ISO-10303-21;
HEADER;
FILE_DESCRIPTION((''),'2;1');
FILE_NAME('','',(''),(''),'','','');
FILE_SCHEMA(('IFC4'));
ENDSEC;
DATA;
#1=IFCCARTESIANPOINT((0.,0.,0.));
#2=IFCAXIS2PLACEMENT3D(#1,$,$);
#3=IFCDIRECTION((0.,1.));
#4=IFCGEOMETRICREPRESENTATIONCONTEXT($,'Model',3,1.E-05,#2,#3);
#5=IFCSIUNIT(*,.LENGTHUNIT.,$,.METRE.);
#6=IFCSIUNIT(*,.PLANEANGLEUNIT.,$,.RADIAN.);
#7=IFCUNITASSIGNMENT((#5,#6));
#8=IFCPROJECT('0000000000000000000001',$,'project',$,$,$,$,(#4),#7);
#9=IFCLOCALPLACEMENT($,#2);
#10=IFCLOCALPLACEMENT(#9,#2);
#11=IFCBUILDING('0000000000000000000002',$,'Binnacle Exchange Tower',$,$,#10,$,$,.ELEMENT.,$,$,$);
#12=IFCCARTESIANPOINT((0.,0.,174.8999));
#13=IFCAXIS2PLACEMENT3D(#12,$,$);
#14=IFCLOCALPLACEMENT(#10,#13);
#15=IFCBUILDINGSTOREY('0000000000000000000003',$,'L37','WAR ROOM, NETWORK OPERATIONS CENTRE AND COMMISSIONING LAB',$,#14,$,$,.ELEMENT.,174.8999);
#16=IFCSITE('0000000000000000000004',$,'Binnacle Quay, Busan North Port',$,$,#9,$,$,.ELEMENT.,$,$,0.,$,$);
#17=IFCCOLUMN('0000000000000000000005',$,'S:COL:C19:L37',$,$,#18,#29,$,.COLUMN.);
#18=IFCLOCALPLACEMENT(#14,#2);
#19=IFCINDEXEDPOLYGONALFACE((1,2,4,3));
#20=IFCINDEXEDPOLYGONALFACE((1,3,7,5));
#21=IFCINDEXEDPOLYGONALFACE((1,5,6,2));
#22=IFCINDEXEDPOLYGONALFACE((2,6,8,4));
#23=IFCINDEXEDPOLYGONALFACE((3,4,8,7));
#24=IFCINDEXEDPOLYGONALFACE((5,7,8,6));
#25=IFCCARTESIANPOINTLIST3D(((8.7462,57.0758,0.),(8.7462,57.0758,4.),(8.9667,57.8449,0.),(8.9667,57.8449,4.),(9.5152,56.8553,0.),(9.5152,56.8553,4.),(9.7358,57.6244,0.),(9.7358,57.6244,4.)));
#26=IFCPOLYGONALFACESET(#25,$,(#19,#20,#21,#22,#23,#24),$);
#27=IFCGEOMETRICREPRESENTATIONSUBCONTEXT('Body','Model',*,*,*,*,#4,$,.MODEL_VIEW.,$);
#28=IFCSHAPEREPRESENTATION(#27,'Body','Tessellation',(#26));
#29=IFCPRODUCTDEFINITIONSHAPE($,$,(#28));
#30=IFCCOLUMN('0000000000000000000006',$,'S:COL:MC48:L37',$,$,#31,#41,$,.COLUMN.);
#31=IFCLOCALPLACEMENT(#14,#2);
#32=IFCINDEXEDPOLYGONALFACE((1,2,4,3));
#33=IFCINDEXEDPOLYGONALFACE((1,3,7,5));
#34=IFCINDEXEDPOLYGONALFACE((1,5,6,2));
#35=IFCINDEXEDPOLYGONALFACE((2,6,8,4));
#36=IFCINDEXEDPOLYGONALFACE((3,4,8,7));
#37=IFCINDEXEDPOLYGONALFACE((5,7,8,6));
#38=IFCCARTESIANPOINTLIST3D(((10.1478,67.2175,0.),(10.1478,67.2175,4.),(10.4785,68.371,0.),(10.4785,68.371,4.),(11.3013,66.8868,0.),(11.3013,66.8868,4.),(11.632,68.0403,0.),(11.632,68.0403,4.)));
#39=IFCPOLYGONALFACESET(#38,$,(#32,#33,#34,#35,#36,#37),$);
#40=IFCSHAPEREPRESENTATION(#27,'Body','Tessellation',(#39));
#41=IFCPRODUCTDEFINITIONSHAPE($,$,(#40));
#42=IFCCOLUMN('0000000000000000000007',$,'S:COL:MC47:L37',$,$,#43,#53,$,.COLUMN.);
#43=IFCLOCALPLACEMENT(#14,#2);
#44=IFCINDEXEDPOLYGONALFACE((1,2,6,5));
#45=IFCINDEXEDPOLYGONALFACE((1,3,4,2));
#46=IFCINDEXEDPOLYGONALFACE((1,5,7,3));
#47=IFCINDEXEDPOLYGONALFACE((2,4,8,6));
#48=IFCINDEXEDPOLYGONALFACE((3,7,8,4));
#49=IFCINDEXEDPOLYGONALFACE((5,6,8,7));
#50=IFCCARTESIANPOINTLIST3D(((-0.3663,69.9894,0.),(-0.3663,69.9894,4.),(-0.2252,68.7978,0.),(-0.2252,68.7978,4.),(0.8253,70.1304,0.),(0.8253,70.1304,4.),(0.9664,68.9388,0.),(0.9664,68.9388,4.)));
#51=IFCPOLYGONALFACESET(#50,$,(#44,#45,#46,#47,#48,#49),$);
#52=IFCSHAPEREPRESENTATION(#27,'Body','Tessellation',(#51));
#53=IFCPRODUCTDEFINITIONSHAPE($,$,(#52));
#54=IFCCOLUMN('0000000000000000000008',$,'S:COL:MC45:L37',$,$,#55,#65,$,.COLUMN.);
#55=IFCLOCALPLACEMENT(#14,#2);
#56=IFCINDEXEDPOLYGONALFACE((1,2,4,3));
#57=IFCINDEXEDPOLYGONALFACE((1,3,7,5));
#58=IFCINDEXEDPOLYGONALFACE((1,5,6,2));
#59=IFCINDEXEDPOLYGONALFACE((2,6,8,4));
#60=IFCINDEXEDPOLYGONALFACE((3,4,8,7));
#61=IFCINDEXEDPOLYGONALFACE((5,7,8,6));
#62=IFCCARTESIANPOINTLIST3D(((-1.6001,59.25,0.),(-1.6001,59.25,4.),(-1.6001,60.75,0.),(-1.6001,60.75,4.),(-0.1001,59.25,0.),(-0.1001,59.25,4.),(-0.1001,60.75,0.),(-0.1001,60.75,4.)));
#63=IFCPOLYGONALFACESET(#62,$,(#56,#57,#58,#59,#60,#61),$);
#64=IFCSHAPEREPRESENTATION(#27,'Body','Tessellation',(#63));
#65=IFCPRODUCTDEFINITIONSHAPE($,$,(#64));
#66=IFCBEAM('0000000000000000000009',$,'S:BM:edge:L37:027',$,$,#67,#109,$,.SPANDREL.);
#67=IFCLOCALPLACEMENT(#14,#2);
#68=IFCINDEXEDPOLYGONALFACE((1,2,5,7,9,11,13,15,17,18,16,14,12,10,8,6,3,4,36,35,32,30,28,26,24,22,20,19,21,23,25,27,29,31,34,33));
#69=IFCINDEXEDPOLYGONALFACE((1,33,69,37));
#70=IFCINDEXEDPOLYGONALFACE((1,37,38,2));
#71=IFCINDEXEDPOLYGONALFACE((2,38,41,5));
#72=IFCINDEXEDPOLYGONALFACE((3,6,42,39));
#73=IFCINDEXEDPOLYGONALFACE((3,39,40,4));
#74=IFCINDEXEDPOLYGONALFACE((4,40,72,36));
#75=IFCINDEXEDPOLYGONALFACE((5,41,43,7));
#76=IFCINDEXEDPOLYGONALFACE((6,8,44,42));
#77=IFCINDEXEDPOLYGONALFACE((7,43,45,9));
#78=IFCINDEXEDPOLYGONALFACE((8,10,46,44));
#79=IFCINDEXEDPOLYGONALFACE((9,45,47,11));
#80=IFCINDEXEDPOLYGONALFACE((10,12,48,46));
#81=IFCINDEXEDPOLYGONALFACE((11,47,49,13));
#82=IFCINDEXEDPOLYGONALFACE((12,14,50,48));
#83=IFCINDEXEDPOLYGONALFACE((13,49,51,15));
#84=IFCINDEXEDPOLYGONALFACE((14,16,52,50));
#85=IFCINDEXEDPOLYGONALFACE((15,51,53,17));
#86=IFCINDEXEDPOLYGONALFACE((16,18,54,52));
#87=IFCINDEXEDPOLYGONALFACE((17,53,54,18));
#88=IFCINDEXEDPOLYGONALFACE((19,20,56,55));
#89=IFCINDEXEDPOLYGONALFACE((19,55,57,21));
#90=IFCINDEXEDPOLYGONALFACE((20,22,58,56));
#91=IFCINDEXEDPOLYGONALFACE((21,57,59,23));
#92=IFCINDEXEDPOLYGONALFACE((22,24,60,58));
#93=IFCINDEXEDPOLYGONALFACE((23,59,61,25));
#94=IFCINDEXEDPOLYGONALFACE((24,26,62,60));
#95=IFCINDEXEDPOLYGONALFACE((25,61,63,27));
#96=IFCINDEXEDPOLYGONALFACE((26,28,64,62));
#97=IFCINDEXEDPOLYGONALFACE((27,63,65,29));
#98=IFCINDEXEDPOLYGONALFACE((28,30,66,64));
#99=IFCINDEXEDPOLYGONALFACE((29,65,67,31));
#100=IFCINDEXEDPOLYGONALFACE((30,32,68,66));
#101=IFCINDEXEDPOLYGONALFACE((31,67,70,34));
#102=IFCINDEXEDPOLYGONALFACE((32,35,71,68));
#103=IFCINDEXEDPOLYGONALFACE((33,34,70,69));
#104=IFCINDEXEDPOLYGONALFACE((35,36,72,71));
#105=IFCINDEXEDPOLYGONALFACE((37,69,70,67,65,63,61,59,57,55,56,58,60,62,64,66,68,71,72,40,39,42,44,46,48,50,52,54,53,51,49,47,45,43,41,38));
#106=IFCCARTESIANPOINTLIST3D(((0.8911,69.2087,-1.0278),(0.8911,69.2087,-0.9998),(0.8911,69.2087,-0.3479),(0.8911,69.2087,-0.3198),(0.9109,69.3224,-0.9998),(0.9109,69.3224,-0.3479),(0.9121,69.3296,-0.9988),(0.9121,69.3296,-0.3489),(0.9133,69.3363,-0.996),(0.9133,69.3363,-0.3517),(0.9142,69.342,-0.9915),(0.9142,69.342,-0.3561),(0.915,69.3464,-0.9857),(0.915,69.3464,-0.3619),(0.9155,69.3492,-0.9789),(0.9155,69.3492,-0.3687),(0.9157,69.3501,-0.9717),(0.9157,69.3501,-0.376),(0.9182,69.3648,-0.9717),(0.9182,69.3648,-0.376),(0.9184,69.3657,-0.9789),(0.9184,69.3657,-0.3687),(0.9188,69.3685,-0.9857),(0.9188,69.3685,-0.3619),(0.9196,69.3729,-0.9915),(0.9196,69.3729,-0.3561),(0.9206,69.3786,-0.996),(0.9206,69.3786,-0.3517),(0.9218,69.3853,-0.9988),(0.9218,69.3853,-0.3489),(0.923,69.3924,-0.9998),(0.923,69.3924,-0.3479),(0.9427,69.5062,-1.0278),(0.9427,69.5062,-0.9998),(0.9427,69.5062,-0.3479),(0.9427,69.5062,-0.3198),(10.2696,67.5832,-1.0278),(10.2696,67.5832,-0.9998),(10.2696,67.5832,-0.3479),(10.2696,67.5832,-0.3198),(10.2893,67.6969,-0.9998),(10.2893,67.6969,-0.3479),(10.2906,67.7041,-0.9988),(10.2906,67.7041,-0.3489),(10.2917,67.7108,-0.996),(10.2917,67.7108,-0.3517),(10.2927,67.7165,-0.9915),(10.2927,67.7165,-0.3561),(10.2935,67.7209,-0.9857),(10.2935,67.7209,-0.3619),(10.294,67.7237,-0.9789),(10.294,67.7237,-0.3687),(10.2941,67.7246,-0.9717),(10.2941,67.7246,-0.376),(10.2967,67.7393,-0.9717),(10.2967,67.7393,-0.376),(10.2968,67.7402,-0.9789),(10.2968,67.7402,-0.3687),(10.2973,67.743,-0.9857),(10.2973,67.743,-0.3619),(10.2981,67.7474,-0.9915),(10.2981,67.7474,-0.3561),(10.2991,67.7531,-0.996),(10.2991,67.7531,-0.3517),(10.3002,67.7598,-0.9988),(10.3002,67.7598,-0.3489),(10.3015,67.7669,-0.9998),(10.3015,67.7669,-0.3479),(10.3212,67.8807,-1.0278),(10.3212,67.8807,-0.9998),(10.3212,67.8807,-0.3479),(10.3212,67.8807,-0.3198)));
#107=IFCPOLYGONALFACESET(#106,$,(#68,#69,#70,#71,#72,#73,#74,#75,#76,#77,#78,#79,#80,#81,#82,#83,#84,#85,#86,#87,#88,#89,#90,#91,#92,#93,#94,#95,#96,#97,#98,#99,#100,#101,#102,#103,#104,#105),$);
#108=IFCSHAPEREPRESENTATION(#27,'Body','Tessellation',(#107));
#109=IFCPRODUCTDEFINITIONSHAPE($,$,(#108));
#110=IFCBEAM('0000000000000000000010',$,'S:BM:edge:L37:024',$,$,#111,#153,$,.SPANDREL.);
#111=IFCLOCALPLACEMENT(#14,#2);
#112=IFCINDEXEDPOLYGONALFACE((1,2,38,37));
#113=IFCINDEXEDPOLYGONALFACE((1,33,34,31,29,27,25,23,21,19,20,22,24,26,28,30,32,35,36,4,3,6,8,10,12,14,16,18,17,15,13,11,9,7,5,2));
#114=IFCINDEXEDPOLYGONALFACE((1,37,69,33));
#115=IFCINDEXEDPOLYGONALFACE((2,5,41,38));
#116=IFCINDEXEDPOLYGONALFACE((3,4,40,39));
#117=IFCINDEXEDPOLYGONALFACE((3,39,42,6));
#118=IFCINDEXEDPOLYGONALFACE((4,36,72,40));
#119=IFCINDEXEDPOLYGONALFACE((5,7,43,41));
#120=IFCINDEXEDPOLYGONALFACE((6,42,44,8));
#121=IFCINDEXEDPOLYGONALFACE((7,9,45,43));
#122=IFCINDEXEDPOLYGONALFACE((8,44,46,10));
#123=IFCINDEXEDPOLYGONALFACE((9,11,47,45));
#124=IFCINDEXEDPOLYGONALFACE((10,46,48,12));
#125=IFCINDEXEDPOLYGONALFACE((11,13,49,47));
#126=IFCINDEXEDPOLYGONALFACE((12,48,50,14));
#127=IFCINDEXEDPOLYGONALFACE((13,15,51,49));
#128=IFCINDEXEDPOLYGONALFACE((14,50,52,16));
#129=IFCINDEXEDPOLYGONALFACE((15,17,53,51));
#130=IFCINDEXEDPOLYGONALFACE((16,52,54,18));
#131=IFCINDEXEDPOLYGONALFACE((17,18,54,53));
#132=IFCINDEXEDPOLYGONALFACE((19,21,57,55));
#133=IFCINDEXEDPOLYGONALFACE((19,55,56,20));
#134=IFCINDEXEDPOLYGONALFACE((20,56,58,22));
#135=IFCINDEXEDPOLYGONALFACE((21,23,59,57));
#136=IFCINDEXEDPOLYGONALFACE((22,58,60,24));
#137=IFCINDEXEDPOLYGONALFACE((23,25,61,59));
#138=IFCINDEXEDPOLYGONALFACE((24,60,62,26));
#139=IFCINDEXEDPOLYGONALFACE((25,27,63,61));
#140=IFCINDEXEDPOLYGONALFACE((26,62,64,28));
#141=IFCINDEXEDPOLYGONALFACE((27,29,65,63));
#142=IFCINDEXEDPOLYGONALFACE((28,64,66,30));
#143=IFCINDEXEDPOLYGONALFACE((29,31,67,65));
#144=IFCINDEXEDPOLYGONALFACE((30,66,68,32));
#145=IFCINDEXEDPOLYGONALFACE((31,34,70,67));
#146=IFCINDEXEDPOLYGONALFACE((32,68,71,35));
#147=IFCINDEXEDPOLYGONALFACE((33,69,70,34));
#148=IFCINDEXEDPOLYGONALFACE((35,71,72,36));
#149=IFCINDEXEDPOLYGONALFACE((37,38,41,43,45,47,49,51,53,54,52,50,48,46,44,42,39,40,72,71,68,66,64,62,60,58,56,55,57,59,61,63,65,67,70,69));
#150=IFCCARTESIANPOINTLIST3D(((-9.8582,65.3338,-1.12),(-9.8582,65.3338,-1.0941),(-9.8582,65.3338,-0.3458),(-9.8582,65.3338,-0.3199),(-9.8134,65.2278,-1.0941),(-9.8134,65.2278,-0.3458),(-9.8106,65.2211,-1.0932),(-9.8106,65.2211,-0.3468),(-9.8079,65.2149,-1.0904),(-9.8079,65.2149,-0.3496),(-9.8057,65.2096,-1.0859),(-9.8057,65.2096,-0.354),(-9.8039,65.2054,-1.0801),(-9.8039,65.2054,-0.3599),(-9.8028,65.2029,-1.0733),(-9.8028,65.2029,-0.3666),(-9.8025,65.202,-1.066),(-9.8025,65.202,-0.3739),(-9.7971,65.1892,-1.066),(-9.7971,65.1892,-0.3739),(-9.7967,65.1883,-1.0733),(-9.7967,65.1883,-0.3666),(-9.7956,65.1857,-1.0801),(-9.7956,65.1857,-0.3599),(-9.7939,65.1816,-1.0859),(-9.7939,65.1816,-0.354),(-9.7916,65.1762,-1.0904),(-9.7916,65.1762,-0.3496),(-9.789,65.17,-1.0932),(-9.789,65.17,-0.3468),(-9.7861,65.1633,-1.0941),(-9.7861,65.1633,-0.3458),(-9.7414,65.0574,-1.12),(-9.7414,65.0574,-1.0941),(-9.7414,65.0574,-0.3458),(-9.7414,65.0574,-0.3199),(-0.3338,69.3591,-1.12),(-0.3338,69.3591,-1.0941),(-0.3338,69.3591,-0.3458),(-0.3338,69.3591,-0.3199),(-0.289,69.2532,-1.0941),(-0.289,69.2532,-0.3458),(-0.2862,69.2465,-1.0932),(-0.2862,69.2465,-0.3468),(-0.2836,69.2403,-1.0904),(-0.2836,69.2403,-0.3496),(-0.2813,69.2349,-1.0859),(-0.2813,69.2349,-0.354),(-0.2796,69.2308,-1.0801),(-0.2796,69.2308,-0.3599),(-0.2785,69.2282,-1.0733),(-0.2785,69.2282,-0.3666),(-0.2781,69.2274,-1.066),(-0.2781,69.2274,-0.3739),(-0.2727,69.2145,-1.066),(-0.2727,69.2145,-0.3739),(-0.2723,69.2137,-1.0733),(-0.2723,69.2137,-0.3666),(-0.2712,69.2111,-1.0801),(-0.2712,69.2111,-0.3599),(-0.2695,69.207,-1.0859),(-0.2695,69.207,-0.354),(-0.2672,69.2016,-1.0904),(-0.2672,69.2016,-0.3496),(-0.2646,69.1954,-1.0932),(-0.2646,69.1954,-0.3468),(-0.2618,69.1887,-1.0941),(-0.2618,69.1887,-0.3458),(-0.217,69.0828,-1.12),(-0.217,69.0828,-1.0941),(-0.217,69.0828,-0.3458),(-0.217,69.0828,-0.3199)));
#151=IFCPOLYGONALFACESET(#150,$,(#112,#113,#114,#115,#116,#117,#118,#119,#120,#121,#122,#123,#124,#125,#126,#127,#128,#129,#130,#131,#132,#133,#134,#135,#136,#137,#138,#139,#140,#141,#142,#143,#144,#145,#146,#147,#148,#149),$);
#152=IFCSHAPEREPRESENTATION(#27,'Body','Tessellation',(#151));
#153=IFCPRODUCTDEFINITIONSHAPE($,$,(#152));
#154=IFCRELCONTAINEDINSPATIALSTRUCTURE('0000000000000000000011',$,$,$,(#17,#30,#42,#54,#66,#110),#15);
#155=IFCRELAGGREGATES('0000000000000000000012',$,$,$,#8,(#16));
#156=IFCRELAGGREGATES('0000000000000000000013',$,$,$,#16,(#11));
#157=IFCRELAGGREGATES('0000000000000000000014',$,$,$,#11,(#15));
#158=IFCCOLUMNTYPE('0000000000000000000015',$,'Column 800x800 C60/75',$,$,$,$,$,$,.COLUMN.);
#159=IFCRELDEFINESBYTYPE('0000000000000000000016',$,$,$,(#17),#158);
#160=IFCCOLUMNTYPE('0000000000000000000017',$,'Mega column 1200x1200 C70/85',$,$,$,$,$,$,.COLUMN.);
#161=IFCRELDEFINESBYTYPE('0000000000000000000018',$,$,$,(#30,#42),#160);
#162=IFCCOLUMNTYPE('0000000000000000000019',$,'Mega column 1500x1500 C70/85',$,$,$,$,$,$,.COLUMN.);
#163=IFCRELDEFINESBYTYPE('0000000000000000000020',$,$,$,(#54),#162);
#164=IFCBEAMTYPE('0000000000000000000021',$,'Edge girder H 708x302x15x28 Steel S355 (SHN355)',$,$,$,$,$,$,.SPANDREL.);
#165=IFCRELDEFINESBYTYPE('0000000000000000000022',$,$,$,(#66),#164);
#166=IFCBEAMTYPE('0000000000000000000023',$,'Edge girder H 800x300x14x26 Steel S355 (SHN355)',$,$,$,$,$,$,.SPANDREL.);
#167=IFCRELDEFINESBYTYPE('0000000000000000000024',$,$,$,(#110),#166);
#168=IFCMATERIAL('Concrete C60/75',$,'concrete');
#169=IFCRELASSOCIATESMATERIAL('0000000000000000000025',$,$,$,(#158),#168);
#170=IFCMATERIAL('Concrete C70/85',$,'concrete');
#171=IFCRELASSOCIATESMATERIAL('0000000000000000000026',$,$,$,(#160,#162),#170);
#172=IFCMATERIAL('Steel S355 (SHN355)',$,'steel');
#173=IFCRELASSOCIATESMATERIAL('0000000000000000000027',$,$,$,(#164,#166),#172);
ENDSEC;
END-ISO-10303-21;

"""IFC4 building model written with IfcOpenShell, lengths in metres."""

from ifc_helpers import new_model, si_unit, direction, frame, origin, origin_2d, place, context, subcontext, project, spatial, rectangle, i_section, extrude, material, material_profile, profile_set, type_object, element, save


model = new_model("IFC4")

# Units and contexts
model_context = context("Model", 3, precision=1e-05, world=origin(), true_north=direction((0.0, 1.0)))
body_context = subcontext(model_context, "Body", "Model", "MODEL_VIEW")
ifc_project = project(units=[si_unit("LENGTHUNIT", "METRE"), si_unit("PLANEANGLEUNIT", "RADIAN")], contexts=[model_context])

# Site, building, storey
site_placement = place(None, origin())
site = spatial("IfcSite", under=ifc_project, at=site_placement, Name="Binnacle Quay, Busan North Port", CompositionType="ELEMENT", RefElevation=0.0)
building_placement = place(site_placement, origin())
building = spatial("IfcBuilding", under=site, at=building_placement, Name="Binnacle Exchange Tower", CompositionType="ELEMENT")
storey_placement = place(building_placement, frame((0.0, 0.0, 174.8999)))
storey = spatial("IfcBuildingStorey", under=building, at=storey_placement, Name="L37", Description="WAR ROOM, NETWORK OPERATIONS CENTRE AND COMMISSIONING LAB", CompositionType="ELEMENT", Elevation=174.8999)

# Columns
ifc_material_1 = material(Name="Concrete C60/75", Category="concrete")
ifc_material_profile_1 = material_profile(ifc_material_1, rectangle(XDim=0.8, YDim=0.8, at=origin_2d()), Name="Column 800x800 C60/75")
ifc_profile_set_1 = profile_set([ifc_material_profile_1], Name="Concrete C60/75")
column_type_1 = type_object("IfcColumnType", Name="Column 800x800 C60/75", PredefinedType="COLUMN", material=ifc_profile_set_1)
column_1_placement = place(storey_placement, frame((9.241, 57.3501, 0.0), z_axis=(0.0, 0.0, 1.0), x_axis=(0.961262, -0.275637, 0.0)))
element("IfcColumn", 1, at=column_1_placement, inside=storey, type_object=column_type_1, Name="S:COL:C19:L37", PredefinedType="COLUMN", context=body_context, shape_type="SweptSolid", body=[
    extrude(rectangle(XDim=0.8, YDim=0.8, at=origin_2d()), origin(), (0.0, 0.0, 1.0), 4.0),
])
ifc_material_2 = material(Name="Concrete C70/85", Category="concrete")
ifc_material_profile_2 = material_profile(ifc_material_2, rectangle(XDim=1.2, YDim=1.2, at=origin_2d()), Name="Mega column 1200x1200 C70/85")
ifc_profile_set_2 = profile_set([ifc_material_profile_2], Name="Concrete C70/85")
column_type_2 = type_object("IfcColumnType", Name="Mega column 1200x1200 C70/85", PredefinedType="COLUMN", material=ifc_profile_set_2)
for number, where, z_axis, x_axis, name in (
    (2, (10.8899, 67.6289, 0.0), (0.0, 0.0, 1.0), (-0.961262, 0.275637, 0.0), "S:COL:MC48:L37"),
    (3, (0.3, 69.4641, 0.0), (0.0, 0.0, 1.0), (-0.993068, -0.117537, 0.0), "S:COL:MC47:L37"),
):
    element("IfcColumn", number, at=place(storey_placement, frame(where, z_axis=z_axis, x_axis=x_axis)), inside=storey, type_object=column_type_2, Name=name, PredefinedType="COLUMN", context=body_context, shape_type="SweptSolid", body=[
        extrude(rectangle(XDim=1.2, YDim=1.2, at=origin_2d()), origin(), (0.0, 0.0, 1.0), 4.0),
    ])
ifc_material_profile_3 = material_profile(ifc_material_2, rectangle(XDim=1.5, YDim=1.5, at=origin_2d()), Name="Mega column 1500x1500 C70/85")
ifc_profile_set_3 = profile_set([ifc_material_profile_3], Name="Concrete C70/85")
column_type_3 = type_object("IfcColumnType", Name="Mega column 1500x1500 C70/85", PredefinedType="COLUMN", material=ifc_profile_set_3)
column_2_placement = place(storey_placement, frame((-0.8501, 60.0, 0.0), z_axis=(0.0, 0.0, 1.0), x_axis=(0.0, 1.0, 0.0)))
element("IfcColumn", 4, at=column_2_placement, inside=storey, type_object=column_type_3, Name="S:COL:MC45:L37", PredefinedType="COLUMN", context=body_context, shape_type="SweptSolid", body=[
    extrude(rectangle(XDim=1.5, YDim=1.5, at=origin_2d()), origin(), (0.0, 0.0, 1.0), 4.0),
])

# Beams
ifc_material_3 = material(Name="Steel S355 (SHN355)", Category="steel")
ifc_material_profile_4 = material_profile(ifc_material_3, i_section(OverallWidth=0.302, OverallDepth=0.708, WebThickness=0.0149, FlangeThickness=0.0281, FilletRadius=0.0281, at=origin_2d()), Name="H 708x302x15x28")
ifc_profile_set_4 = profile_set([ifc_material_profile_4], Name="Steel S355 (SHN355)")
beam_type_1 = type_object("IfcBeamType", Name="Edge girder H 708x302x15x28 Steel S355 (SHN355)", PredefinedType="SPANDREL", material=ifc_profile_set_4)
beam_1_placement = place(storey_placement, frame((10.2954, 67.7319, -0.6738), z_axis=(-0.98531, 0.170776, 0.0), x_axis=(-0.170776, -0.98531, 0.0)))
element("IfcBeam", 5, at=beam_1_placement, inside=storey, type_object=beam_type_1, Name="S:BM:edge:L37:027", PredefinedType="SPANDREL", context=body_context, shape_type="SweptSolid", body=[
    extrude(i_section(OverallWidth=0.302, OverallDepth=0.708, WebThickness=0.0149, FlangeThickness=0.0281, FilletRadius=0.0281, at=origin_2d()), origin(), (0.0, 0.0, 1.0), 9.5183),
])
ifc_material_profile_5 = material_profile(ifc_material_3, i_section(OverallWidth=0.3, OverallDepth=0.8, WebThickness=0.0139, FlangeThickness=0.0259, FilletRadius=0.0281, at=origin_2d()), Name="H 800x300x14x26")
ifc_profile_set_5 = profile_set([ifc_material_profile_5], Name="Steel S355 (SHN355)")
beam_type_2 = type_object("IfcBeamType", Name="Edge girder H 800x300x14x26 Steel S355 (SHN355)", PredefinedType="SPANDREL", material=ifc_profile_set_5)
beam_2_placement = place(storey_placement, frame((-0.2754, 69.2209, -0.72), z_axis=(-0.921112, -0.389298, 0.0), x_axis=(0.389298, -0.921112, 0.0)))
element("IfcBeam", 6, at=beam_2_placement, inside=storey, type_object=beam_type_2, Name="S:BM:edge:L37:024", PredefinedType="SPANDREL", context=body_context, shape_type="SweptSolid", body=[
    extrude(i_section(OverallWidth=0.3, OverallDepth=0.8, WebThickness=0.0139, FlangeThickness=0.0259, FilletRadius=0.0281, at=origin_2d()), origin(), (0.0, 0.0, 1.0), 10.3401),
])

save(model, "model.ifc")
